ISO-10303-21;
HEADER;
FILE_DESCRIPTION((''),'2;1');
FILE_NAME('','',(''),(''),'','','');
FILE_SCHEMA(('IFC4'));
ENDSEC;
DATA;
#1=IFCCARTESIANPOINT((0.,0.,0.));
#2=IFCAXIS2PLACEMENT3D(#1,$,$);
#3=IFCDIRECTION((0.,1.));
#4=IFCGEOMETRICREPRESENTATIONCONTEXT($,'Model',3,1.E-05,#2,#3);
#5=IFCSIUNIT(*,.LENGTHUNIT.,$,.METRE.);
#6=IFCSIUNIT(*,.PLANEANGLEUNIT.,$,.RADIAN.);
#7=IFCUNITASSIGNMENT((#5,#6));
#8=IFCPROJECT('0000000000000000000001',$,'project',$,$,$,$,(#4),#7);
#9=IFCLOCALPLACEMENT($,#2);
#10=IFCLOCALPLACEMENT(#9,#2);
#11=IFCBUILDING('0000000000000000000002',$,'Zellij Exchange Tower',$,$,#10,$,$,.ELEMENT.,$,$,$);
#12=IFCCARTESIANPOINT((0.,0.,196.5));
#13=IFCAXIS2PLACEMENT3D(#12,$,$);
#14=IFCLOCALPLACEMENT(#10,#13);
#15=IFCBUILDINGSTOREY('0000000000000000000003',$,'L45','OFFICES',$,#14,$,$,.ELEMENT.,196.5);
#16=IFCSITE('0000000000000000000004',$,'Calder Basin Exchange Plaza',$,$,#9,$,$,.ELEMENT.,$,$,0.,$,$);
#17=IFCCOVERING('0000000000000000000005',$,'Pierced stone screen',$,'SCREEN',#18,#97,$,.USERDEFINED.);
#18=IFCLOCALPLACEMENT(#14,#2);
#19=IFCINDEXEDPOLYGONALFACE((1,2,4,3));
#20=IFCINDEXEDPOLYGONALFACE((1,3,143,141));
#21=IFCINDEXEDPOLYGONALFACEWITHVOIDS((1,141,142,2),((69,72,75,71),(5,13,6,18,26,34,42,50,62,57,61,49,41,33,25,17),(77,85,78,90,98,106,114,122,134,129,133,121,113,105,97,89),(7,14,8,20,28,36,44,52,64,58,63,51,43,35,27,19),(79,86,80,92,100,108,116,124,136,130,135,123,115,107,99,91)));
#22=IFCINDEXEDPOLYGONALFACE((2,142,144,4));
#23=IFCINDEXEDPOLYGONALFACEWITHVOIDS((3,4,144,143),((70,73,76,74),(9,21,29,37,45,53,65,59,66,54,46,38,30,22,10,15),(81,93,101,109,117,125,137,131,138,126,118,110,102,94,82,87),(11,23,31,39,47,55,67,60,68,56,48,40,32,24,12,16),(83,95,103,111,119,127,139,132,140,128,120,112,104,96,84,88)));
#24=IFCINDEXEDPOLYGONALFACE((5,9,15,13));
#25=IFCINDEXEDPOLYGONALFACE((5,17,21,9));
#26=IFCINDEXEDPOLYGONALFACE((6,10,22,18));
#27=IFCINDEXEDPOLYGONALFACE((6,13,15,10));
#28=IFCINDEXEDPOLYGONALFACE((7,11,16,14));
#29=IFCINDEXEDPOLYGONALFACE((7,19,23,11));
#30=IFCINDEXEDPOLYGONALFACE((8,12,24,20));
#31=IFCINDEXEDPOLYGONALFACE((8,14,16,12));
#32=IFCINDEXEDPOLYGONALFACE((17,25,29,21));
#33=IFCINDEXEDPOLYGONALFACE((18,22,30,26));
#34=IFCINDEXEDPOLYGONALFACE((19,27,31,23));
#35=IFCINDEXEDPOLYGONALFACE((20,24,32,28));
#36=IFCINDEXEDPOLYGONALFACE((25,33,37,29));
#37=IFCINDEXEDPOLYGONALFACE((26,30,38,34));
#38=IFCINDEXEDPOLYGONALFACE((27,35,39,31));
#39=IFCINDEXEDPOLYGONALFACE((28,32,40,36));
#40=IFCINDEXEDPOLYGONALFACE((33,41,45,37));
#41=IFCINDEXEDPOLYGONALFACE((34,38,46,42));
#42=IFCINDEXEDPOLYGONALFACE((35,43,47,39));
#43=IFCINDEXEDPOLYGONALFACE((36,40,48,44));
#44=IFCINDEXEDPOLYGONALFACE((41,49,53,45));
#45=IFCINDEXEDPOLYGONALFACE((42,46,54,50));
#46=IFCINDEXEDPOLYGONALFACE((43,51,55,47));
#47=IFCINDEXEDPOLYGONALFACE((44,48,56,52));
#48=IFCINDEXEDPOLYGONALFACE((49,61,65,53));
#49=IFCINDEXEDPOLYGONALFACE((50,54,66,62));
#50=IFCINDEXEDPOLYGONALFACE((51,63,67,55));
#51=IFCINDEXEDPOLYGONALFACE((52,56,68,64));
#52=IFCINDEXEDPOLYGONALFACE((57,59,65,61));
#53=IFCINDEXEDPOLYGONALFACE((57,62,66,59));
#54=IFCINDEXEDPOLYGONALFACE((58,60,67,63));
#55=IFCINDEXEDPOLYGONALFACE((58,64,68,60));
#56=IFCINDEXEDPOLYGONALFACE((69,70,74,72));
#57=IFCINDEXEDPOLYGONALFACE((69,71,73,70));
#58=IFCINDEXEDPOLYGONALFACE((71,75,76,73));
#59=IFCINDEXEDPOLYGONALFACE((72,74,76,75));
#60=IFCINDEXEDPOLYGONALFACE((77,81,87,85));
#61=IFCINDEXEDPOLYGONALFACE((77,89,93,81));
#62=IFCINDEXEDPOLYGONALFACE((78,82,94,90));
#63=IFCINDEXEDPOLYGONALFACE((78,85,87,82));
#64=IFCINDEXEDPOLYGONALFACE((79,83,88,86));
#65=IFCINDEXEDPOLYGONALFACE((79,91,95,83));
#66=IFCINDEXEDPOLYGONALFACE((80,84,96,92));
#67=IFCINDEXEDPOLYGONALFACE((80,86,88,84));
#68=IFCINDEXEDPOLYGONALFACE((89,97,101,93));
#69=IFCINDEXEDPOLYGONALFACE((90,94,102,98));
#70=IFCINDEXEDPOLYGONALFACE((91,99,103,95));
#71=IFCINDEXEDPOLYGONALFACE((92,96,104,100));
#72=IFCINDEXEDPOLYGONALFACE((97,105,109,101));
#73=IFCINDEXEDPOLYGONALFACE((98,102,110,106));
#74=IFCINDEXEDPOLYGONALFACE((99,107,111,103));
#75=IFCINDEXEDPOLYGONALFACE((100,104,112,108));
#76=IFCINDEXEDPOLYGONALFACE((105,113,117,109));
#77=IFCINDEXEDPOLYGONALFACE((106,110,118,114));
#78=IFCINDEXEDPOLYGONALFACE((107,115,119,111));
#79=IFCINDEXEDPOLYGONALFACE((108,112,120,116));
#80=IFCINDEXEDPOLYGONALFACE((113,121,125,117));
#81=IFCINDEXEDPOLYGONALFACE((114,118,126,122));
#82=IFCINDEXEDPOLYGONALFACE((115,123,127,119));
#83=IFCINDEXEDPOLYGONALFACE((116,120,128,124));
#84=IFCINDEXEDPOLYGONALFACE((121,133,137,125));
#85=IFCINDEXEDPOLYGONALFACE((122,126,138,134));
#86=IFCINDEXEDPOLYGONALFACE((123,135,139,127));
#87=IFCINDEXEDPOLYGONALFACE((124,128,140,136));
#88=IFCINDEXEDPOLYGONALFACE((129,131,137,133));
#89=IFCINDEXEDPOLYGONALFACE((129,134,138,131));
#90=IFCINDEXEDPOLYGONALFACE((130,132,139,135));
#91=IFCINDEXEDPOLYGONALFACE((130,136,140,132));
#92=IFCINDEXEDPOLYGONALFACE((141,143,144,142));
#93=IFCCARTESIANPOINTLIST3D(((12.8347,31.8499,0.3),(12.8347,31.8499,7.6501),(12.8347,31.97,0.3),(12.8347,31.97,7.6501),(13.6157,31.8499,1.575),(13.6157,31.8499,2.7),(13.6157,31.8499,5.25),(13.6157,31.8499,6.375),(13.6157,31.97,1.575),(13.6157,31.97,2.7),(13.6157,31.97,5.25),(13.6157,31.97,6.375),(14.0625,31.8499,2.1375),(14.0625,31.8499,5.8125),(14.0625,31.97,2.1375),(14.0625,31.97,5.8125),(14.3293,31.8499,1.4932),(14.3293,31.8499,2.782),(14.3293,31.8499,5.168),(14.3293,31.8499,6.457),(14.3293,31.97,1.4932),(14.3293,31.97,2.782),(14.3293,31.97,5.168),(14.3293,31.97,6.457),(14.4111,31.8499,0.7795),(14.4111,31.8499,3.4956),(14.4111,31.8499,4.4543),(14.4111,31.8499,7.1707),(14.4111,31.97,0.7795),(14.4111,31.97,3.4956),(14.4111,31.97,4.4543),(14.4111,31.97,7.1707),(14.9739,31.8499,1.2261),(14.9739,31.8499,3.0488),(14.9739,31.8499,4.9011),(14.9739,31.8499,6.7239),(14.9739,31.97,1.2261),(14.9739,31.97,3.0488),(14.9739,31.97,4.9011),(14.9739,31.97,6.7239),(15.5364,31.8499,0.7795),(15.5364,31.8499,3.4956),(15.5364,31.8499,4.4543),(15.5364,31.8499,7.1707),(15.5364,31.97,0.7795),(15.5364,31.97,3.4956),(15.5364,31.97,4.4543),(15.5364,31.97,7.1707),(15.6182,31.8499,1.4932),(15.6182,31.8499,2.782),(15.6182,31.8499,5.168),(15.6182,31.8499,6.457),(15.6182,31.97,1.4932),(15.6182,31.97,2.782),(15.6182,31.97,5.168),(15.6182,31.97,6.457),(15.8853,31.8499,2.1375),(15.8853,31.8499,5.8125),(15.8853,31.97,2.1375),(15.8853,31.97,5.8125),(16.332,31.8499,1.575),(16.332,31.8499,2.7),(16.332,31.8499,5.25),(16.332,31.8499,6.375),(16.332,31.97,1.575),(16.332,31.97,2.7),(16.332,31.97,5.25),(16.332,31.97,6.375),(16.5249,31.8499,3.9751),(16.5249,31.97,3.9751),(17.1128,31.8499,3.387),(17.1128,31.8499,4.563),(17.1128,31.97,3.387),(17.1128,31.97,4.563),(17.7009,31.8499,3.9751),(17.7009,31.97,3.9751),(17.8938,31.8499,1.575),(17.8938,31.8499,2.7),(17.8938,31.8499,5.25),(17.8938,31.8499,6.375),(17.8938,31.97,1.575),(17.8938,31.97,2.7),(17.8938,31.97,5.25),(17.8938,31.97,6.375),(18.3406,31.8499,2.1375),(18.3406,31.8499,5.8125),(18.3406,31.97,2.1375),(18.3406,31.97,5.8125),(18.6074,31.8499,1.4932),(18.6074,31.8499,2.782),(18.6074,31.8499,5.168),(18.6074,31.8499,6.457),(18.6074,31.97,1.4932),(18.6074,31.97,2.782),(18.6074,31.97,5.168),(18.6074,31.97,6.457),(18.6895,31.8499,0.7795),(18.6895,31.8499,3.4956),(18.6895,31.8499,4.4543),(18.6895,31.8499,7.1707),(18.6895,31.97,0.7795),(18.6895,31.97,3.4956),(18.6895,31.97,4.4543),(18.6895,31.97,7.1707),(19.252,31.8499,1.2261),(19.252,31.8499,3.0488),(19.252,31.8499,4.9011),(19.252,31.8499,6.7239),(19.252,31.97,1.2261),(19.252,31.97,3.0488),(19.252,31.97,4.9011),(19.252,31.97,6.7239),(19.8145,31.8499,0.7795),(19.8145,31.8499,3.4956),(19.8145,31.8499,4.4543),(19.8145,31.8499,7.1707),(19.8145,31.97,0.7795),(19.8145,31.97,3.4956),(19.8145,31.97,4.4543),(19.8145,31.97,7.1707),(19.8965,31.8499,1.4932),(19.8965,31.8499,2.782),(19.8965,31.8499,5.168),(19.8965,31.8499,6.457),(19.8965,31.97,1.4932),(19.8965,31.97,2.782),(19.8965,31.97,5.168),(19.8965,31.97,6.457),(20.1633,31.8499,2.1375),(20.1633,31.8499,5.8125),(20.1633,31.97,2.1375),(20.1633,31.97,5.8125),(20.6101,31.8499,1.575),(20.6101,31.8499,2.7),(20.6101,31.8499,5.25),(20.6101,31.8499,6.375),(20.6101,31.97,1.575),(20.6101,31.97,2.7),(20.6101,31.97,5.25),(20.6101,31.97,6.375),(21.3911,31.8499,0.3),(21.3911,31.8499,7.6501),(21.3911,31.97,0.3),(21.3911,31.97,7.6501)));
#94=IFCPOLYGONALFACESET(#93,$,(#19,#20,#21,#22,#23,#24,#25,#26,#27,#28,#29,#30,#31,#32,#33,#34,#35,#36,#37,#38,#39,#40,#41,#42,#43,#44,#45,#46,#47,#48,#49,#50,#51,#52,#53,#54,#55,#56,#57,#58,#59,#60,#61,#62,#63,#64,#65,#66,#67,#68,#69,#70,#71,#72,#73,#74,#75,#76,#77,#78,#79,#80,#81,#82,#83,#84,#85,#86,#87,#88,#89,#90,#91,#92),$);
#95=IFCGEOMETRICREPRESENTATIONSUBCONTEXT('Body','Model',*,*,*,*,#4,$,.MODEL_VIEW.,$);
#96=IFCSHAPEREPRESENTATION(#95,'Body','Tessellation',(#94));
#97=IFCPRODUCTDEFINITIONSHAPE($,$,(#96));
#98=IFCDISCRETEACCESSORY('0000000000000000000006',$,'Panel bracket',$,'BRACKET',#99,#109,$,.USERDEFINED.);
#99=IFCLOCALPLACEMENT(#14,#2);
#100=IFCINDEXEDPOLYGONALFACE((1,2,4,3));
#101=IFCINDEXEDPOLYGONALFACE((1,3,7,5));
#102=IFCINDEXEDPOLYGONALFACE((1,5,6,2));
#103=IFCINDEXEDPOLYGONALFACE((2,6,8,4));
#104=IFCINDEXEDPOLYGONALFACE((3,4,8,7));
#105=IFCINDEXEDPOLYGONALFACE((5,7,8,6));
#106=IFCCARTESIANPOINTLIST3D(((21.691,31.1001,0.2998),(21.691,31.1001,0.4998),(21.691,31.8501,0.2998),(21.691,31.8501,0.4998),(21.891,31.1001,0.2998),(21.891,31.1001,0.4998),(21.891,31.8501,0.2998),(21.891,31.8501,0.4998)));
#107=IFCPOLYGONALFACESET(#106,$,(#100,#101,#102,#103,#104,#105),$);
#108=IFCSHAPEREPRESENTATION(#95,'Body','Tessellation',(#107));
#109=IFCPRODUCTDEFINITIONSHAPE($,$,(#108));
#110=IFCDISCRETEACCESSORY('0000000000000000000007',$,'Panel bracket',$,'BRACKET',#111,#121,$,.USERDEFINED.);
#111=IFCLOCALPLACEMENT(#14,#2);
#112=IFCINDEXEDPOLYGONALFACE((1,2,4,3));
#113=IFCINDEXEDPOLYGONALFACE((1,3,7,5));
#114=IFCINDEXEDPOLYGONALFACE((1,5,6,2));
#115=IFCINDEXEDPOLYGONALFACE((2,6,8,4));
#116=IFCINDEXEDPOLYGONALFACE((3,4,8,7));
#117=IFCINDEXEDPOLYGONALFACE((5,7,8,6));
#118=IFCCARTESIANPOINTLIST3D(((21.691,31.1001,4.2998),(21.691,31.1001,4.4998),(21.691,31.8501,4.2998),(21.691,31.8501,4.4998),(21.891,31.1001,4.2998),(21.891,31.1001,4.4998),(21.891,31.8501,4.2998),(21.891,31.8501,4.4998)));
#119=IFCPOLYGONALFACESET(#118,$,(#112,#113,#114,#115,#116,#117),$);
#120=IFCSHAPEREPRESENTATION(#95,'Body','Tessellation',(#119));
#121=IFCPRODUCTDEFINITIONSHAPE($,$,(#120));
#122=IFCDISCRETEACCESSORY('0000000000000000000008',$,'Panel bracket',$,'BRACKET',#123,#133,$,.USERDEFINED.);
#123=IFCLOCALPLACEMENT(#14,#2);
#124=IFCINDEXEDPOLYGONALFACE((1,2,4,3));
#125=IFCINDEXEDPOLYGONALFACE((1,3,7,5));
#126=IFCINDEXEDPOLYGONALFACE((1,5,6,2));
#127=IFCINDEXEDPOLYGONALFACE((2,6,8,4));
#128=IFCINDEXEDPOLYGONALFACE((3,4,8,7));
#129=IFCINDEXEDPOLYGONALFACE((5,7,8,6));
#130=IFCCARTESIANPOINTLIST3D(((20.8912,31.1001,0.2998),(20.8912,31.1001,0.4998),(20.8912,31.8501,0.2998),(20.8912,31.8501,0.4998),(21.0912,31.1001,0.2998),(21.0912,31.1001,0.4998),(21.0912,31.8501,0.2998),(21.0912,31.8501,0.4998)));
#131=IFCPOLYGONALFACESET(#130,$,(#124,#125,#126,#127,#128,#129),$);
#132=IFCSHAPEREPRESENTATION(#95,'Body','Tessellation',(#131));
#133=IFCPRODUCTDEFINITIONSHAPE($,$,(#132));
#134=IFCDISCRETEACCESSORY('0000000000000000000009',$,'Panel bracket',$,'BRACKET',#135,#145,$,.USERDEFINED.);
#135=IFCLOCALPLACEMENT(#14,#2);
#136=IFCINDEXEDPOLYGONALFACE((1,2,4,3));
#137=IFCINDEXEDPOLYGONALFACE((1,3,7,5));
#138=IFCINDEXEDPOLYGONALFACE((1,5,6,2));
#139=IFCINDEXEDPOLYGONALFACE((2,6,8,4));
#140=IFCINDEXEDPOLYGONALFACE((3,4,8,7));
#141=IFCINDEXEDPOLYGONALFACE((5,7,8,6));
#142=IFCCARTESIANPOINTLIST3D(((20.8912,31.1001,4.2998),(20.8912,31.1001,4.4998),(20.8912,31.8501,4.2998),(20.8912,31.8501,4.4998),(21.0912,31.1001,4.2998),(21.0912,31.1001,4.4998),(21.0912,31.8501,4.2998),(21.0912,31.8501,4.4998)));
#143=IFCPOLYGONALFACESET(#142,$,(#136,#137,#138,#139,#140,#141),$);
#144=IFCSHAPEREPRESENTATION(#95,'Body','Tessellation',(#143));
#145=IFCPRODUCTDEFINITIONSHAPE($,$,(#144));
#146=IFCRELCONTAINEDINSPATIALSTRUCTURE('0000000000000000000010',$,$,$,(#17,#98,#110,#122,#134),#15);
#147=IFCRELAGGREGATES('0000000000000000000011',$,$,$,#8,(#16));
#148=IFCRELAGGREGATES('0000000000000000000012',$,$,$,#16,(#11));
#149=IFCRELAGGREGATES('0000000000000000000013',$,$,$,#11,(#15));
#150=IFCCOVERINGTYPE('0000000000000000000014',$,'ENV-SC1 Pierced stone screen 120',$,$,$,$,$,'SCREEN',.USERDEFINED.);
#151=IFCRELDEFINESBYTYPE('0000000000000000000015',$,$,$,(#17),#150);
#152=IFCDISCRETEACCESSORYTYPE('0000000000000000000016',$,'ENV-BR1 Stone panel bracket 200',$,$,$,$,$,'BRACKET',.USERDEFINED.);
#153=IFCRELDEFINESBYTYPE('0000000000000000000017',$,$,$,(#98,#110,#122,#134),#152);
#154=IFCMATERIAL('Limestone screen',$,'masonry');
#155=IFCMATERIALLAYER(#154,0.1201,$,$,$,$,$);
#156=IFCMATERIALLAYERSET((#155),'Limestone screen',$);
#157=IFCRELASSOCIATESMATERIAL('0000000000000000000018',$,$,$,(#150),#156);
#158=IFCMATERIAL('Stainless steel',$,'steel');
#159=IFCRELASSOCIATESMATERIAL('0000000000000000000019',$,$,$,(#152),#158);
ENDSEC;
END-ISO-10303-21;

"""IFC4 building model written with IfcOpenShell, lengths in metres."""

from ifc_helpers import new_model, si_unit, direction, frame, origin, origin_2d, place, context, subcontext, project, spatial, polyline, rectangle, outline, extrude, material, layer, layer_set, type_object, element, save


model = new_model("IFC4")

# Units and contexts
model_context = context("Model", 3, precision=1e-05, world=origin(), true_north=direction((0.0, 1.0)))
body_context = subcontext(model_context, "Body", "Model", "MODEL_VIEW")
ifc_project = project(units=[si_unit("LENGTHUNIT", "METRE"), si_unit("PLANEANGLEUNIT", "RADIAN")], contexts=[model_context])

# Site, building, storey
site_placement = place(None, origin())
site = spatial("IfcSite", under=ifc_project, at=site_placement, Name="Calder Basin Exchange Plaza", CompositionType="ELEMENT", RefElevation=0.0)
building_placement = place(site_placement, origin())
building = spatial("IfcBuilding", under=site, at=building_placement, Name="Zellij Exchange Tower", CompositionType="ELEMENT")
storey_placement = place(building_placement, frame((0.0, 0.0, 196.5)))
storey = spatial("IfcBuildingStorey", under=building, at=storey_placement, Name="L45", Description="OFFICES", CompositionType="ELEMENT", Elevation=196.5)

# Covering
ifc_material_1 = material(Name="Limestone screen", Category="masonry")
ifc_layer_1 = layer(ifc_material_1, 0.1201)
ifc_layer_set_1 = layer_set([ifc_layer_1], Name="Limestone screen")
covering_type = type_object("IfcCoveringType", Name="ENV-SC1 Pierced stone screen 120", ElementType="SCREEN", PredefinedType="USERDEFINED", material=ifc_layer_set_1)
covering_placement = place(storey_placement, frame((21.3911, 31.9099, 0.3), z_axis=(0.0, 0.0, 1.0), x_axis=(-1.0, 0.0, 0.0)))
element("IfcCovering", 1, at=covering_placement, inside=storey, type_object=covering_type, Name="Pierced stone screen", ObjectType="SCREEN", PredefinedType="USERDEFINED", context=body_context, shape_type="SweptSolid", body=[
    extrude(outline(polyline([(0.0, 0.0), (8.5564, 0.0), (8.5564, 7.3501), (0.0, 7.3501), (0.0, 0.0)]), holes=[polyline([(3.4973, 2.3999), (2.7837, 2.4819), (2.7017, 3.1956), (2.1392, 2.7488), (1.5767, 3.1956), (1.4946, 2.4819), (0.781, 2.3999), (1.2278, 1.8374), (0.781, 1.2749), (1.4946, 1.1931), (1.5767, 0.4795), (2.1392, 0.926), (2.7017, 0.4795), (2.7837, 1.1931), (3.4973, 1.2749), (3.0505, 1.8374), (3.4973, 2.3999)]), polyline([(3.4973, 6.075), (2.7837, 6.157), (2.7017, 6.8706), (2.1392, 6.4238), (1.5767, 6.8706), (1.4946, 6.157), (0.781, 6.075), (1.2278, 5.5125), (0.781, 4.95), (1.4946, 4.8679), (1.5767, 4.1543), (2.1392, 4.6011), (2.7017, 4.1543), (2.7837, 4.8679), (3.4973, 4.95), (3.0505, 5.5125), (3.4973, 6.075)]), polyline([(7.7754, 2.3999), (7.0618, 2.4819), (6.98, 3.1956), (6.4172, 2.7488), (5.8547, 3.1956), (5.7729, 2.4819), (5.0591, 2.3999), (5.5059, 1.8374), (5.0591, 1.2749), (5.7729, 1.1931), (5.8547, 0.4795), (6.4172, 0.926), (6.98, 0.4795), (7.0618, 1.1931), (7.7754, 1.2749), (7.3286, 1.8374), (7.7754, 2.3999)]), polyline([(7.7754, 6.075), (7.0618, 6.157), (6.98, 6.8706), (6.4172, 6.4238), (5.8547, 6.8706), (5.7729, 6.157), (5.0591, 6.075), (5.5059, 5.5125), (5.0591, 4.95), (5.7729, 4.8679), (5.8547, 4.1543), (6.4172, 4.6011), (6.98, 4.1543), (7.0618, 4.8679), (7.7754, 4.95), (7.3286, 5.5125), (7.7754, 6.075)]), polyline([(4.8662, 3.675), (4.2783, 4.2629), (3.6902, 3.675), (4.2783, 3.0869), (4.8662, 3.675)])]), frame((0.0, 0.0601, 0.0), z_axis=(0.0, -1.0, 0.0), x_axis=(1.0, 0.0, 0.0)), (0.0, 0.0, 1.0), 0.1201),
])

# Discrete accessories
ifc_material_2 = material(Name="Stainless steel", Category="steel")
discrete_accessory_type = type_object("IfcDiscreteAccessoryType", Name="ENV-BR1 Stone panel bracket 200", ElementType="BRACKET", PredefinedType="USERDEFINED", material=ifc_material_2)
for number, where, z_axis, x_axis, name in (
    (2, (21.791, 31.4751, 0.2998), (0.0, 0.0, 1.0), (-1.0, 0.0, 0.0), "Panel bracket"),
    (3, (21.791, 31.4751, 4.2998), (0.0, 0.0, 1.0), (-1.0, 0.0, 0.0), "Panel bracket"),
    (4, (20.9912, 31.4751, 0.2998), (0.0, 0.0, 1.0), (-1.0, 0.0, 0.0), "Panel bracket"),
    (5, (20.9912, 31.4751, 4.2998), (0.0, 0.0, 1.0), (-1.0, 0.0, 0.0), "Panel bracket"),
):
    element("IfcDiscreteAccessory", number, at=place(storey_placement, frame(where, z_axis=z_axis, x_axis=x_axis)), inside=storey, type_object=discrete_accessory_type, Name=name, ObjectType="BRACKET", PredefinedType="USERDEFINED", context=body_context, shape_type="SweptSolid", body=[
        extrude(rectangle(XDim=0.2, YDim=0.75, at=origin_2d()), origin(), (0.0, 0.0, 1.0), 0.2),
    ])

save(model, "model.ifc")
